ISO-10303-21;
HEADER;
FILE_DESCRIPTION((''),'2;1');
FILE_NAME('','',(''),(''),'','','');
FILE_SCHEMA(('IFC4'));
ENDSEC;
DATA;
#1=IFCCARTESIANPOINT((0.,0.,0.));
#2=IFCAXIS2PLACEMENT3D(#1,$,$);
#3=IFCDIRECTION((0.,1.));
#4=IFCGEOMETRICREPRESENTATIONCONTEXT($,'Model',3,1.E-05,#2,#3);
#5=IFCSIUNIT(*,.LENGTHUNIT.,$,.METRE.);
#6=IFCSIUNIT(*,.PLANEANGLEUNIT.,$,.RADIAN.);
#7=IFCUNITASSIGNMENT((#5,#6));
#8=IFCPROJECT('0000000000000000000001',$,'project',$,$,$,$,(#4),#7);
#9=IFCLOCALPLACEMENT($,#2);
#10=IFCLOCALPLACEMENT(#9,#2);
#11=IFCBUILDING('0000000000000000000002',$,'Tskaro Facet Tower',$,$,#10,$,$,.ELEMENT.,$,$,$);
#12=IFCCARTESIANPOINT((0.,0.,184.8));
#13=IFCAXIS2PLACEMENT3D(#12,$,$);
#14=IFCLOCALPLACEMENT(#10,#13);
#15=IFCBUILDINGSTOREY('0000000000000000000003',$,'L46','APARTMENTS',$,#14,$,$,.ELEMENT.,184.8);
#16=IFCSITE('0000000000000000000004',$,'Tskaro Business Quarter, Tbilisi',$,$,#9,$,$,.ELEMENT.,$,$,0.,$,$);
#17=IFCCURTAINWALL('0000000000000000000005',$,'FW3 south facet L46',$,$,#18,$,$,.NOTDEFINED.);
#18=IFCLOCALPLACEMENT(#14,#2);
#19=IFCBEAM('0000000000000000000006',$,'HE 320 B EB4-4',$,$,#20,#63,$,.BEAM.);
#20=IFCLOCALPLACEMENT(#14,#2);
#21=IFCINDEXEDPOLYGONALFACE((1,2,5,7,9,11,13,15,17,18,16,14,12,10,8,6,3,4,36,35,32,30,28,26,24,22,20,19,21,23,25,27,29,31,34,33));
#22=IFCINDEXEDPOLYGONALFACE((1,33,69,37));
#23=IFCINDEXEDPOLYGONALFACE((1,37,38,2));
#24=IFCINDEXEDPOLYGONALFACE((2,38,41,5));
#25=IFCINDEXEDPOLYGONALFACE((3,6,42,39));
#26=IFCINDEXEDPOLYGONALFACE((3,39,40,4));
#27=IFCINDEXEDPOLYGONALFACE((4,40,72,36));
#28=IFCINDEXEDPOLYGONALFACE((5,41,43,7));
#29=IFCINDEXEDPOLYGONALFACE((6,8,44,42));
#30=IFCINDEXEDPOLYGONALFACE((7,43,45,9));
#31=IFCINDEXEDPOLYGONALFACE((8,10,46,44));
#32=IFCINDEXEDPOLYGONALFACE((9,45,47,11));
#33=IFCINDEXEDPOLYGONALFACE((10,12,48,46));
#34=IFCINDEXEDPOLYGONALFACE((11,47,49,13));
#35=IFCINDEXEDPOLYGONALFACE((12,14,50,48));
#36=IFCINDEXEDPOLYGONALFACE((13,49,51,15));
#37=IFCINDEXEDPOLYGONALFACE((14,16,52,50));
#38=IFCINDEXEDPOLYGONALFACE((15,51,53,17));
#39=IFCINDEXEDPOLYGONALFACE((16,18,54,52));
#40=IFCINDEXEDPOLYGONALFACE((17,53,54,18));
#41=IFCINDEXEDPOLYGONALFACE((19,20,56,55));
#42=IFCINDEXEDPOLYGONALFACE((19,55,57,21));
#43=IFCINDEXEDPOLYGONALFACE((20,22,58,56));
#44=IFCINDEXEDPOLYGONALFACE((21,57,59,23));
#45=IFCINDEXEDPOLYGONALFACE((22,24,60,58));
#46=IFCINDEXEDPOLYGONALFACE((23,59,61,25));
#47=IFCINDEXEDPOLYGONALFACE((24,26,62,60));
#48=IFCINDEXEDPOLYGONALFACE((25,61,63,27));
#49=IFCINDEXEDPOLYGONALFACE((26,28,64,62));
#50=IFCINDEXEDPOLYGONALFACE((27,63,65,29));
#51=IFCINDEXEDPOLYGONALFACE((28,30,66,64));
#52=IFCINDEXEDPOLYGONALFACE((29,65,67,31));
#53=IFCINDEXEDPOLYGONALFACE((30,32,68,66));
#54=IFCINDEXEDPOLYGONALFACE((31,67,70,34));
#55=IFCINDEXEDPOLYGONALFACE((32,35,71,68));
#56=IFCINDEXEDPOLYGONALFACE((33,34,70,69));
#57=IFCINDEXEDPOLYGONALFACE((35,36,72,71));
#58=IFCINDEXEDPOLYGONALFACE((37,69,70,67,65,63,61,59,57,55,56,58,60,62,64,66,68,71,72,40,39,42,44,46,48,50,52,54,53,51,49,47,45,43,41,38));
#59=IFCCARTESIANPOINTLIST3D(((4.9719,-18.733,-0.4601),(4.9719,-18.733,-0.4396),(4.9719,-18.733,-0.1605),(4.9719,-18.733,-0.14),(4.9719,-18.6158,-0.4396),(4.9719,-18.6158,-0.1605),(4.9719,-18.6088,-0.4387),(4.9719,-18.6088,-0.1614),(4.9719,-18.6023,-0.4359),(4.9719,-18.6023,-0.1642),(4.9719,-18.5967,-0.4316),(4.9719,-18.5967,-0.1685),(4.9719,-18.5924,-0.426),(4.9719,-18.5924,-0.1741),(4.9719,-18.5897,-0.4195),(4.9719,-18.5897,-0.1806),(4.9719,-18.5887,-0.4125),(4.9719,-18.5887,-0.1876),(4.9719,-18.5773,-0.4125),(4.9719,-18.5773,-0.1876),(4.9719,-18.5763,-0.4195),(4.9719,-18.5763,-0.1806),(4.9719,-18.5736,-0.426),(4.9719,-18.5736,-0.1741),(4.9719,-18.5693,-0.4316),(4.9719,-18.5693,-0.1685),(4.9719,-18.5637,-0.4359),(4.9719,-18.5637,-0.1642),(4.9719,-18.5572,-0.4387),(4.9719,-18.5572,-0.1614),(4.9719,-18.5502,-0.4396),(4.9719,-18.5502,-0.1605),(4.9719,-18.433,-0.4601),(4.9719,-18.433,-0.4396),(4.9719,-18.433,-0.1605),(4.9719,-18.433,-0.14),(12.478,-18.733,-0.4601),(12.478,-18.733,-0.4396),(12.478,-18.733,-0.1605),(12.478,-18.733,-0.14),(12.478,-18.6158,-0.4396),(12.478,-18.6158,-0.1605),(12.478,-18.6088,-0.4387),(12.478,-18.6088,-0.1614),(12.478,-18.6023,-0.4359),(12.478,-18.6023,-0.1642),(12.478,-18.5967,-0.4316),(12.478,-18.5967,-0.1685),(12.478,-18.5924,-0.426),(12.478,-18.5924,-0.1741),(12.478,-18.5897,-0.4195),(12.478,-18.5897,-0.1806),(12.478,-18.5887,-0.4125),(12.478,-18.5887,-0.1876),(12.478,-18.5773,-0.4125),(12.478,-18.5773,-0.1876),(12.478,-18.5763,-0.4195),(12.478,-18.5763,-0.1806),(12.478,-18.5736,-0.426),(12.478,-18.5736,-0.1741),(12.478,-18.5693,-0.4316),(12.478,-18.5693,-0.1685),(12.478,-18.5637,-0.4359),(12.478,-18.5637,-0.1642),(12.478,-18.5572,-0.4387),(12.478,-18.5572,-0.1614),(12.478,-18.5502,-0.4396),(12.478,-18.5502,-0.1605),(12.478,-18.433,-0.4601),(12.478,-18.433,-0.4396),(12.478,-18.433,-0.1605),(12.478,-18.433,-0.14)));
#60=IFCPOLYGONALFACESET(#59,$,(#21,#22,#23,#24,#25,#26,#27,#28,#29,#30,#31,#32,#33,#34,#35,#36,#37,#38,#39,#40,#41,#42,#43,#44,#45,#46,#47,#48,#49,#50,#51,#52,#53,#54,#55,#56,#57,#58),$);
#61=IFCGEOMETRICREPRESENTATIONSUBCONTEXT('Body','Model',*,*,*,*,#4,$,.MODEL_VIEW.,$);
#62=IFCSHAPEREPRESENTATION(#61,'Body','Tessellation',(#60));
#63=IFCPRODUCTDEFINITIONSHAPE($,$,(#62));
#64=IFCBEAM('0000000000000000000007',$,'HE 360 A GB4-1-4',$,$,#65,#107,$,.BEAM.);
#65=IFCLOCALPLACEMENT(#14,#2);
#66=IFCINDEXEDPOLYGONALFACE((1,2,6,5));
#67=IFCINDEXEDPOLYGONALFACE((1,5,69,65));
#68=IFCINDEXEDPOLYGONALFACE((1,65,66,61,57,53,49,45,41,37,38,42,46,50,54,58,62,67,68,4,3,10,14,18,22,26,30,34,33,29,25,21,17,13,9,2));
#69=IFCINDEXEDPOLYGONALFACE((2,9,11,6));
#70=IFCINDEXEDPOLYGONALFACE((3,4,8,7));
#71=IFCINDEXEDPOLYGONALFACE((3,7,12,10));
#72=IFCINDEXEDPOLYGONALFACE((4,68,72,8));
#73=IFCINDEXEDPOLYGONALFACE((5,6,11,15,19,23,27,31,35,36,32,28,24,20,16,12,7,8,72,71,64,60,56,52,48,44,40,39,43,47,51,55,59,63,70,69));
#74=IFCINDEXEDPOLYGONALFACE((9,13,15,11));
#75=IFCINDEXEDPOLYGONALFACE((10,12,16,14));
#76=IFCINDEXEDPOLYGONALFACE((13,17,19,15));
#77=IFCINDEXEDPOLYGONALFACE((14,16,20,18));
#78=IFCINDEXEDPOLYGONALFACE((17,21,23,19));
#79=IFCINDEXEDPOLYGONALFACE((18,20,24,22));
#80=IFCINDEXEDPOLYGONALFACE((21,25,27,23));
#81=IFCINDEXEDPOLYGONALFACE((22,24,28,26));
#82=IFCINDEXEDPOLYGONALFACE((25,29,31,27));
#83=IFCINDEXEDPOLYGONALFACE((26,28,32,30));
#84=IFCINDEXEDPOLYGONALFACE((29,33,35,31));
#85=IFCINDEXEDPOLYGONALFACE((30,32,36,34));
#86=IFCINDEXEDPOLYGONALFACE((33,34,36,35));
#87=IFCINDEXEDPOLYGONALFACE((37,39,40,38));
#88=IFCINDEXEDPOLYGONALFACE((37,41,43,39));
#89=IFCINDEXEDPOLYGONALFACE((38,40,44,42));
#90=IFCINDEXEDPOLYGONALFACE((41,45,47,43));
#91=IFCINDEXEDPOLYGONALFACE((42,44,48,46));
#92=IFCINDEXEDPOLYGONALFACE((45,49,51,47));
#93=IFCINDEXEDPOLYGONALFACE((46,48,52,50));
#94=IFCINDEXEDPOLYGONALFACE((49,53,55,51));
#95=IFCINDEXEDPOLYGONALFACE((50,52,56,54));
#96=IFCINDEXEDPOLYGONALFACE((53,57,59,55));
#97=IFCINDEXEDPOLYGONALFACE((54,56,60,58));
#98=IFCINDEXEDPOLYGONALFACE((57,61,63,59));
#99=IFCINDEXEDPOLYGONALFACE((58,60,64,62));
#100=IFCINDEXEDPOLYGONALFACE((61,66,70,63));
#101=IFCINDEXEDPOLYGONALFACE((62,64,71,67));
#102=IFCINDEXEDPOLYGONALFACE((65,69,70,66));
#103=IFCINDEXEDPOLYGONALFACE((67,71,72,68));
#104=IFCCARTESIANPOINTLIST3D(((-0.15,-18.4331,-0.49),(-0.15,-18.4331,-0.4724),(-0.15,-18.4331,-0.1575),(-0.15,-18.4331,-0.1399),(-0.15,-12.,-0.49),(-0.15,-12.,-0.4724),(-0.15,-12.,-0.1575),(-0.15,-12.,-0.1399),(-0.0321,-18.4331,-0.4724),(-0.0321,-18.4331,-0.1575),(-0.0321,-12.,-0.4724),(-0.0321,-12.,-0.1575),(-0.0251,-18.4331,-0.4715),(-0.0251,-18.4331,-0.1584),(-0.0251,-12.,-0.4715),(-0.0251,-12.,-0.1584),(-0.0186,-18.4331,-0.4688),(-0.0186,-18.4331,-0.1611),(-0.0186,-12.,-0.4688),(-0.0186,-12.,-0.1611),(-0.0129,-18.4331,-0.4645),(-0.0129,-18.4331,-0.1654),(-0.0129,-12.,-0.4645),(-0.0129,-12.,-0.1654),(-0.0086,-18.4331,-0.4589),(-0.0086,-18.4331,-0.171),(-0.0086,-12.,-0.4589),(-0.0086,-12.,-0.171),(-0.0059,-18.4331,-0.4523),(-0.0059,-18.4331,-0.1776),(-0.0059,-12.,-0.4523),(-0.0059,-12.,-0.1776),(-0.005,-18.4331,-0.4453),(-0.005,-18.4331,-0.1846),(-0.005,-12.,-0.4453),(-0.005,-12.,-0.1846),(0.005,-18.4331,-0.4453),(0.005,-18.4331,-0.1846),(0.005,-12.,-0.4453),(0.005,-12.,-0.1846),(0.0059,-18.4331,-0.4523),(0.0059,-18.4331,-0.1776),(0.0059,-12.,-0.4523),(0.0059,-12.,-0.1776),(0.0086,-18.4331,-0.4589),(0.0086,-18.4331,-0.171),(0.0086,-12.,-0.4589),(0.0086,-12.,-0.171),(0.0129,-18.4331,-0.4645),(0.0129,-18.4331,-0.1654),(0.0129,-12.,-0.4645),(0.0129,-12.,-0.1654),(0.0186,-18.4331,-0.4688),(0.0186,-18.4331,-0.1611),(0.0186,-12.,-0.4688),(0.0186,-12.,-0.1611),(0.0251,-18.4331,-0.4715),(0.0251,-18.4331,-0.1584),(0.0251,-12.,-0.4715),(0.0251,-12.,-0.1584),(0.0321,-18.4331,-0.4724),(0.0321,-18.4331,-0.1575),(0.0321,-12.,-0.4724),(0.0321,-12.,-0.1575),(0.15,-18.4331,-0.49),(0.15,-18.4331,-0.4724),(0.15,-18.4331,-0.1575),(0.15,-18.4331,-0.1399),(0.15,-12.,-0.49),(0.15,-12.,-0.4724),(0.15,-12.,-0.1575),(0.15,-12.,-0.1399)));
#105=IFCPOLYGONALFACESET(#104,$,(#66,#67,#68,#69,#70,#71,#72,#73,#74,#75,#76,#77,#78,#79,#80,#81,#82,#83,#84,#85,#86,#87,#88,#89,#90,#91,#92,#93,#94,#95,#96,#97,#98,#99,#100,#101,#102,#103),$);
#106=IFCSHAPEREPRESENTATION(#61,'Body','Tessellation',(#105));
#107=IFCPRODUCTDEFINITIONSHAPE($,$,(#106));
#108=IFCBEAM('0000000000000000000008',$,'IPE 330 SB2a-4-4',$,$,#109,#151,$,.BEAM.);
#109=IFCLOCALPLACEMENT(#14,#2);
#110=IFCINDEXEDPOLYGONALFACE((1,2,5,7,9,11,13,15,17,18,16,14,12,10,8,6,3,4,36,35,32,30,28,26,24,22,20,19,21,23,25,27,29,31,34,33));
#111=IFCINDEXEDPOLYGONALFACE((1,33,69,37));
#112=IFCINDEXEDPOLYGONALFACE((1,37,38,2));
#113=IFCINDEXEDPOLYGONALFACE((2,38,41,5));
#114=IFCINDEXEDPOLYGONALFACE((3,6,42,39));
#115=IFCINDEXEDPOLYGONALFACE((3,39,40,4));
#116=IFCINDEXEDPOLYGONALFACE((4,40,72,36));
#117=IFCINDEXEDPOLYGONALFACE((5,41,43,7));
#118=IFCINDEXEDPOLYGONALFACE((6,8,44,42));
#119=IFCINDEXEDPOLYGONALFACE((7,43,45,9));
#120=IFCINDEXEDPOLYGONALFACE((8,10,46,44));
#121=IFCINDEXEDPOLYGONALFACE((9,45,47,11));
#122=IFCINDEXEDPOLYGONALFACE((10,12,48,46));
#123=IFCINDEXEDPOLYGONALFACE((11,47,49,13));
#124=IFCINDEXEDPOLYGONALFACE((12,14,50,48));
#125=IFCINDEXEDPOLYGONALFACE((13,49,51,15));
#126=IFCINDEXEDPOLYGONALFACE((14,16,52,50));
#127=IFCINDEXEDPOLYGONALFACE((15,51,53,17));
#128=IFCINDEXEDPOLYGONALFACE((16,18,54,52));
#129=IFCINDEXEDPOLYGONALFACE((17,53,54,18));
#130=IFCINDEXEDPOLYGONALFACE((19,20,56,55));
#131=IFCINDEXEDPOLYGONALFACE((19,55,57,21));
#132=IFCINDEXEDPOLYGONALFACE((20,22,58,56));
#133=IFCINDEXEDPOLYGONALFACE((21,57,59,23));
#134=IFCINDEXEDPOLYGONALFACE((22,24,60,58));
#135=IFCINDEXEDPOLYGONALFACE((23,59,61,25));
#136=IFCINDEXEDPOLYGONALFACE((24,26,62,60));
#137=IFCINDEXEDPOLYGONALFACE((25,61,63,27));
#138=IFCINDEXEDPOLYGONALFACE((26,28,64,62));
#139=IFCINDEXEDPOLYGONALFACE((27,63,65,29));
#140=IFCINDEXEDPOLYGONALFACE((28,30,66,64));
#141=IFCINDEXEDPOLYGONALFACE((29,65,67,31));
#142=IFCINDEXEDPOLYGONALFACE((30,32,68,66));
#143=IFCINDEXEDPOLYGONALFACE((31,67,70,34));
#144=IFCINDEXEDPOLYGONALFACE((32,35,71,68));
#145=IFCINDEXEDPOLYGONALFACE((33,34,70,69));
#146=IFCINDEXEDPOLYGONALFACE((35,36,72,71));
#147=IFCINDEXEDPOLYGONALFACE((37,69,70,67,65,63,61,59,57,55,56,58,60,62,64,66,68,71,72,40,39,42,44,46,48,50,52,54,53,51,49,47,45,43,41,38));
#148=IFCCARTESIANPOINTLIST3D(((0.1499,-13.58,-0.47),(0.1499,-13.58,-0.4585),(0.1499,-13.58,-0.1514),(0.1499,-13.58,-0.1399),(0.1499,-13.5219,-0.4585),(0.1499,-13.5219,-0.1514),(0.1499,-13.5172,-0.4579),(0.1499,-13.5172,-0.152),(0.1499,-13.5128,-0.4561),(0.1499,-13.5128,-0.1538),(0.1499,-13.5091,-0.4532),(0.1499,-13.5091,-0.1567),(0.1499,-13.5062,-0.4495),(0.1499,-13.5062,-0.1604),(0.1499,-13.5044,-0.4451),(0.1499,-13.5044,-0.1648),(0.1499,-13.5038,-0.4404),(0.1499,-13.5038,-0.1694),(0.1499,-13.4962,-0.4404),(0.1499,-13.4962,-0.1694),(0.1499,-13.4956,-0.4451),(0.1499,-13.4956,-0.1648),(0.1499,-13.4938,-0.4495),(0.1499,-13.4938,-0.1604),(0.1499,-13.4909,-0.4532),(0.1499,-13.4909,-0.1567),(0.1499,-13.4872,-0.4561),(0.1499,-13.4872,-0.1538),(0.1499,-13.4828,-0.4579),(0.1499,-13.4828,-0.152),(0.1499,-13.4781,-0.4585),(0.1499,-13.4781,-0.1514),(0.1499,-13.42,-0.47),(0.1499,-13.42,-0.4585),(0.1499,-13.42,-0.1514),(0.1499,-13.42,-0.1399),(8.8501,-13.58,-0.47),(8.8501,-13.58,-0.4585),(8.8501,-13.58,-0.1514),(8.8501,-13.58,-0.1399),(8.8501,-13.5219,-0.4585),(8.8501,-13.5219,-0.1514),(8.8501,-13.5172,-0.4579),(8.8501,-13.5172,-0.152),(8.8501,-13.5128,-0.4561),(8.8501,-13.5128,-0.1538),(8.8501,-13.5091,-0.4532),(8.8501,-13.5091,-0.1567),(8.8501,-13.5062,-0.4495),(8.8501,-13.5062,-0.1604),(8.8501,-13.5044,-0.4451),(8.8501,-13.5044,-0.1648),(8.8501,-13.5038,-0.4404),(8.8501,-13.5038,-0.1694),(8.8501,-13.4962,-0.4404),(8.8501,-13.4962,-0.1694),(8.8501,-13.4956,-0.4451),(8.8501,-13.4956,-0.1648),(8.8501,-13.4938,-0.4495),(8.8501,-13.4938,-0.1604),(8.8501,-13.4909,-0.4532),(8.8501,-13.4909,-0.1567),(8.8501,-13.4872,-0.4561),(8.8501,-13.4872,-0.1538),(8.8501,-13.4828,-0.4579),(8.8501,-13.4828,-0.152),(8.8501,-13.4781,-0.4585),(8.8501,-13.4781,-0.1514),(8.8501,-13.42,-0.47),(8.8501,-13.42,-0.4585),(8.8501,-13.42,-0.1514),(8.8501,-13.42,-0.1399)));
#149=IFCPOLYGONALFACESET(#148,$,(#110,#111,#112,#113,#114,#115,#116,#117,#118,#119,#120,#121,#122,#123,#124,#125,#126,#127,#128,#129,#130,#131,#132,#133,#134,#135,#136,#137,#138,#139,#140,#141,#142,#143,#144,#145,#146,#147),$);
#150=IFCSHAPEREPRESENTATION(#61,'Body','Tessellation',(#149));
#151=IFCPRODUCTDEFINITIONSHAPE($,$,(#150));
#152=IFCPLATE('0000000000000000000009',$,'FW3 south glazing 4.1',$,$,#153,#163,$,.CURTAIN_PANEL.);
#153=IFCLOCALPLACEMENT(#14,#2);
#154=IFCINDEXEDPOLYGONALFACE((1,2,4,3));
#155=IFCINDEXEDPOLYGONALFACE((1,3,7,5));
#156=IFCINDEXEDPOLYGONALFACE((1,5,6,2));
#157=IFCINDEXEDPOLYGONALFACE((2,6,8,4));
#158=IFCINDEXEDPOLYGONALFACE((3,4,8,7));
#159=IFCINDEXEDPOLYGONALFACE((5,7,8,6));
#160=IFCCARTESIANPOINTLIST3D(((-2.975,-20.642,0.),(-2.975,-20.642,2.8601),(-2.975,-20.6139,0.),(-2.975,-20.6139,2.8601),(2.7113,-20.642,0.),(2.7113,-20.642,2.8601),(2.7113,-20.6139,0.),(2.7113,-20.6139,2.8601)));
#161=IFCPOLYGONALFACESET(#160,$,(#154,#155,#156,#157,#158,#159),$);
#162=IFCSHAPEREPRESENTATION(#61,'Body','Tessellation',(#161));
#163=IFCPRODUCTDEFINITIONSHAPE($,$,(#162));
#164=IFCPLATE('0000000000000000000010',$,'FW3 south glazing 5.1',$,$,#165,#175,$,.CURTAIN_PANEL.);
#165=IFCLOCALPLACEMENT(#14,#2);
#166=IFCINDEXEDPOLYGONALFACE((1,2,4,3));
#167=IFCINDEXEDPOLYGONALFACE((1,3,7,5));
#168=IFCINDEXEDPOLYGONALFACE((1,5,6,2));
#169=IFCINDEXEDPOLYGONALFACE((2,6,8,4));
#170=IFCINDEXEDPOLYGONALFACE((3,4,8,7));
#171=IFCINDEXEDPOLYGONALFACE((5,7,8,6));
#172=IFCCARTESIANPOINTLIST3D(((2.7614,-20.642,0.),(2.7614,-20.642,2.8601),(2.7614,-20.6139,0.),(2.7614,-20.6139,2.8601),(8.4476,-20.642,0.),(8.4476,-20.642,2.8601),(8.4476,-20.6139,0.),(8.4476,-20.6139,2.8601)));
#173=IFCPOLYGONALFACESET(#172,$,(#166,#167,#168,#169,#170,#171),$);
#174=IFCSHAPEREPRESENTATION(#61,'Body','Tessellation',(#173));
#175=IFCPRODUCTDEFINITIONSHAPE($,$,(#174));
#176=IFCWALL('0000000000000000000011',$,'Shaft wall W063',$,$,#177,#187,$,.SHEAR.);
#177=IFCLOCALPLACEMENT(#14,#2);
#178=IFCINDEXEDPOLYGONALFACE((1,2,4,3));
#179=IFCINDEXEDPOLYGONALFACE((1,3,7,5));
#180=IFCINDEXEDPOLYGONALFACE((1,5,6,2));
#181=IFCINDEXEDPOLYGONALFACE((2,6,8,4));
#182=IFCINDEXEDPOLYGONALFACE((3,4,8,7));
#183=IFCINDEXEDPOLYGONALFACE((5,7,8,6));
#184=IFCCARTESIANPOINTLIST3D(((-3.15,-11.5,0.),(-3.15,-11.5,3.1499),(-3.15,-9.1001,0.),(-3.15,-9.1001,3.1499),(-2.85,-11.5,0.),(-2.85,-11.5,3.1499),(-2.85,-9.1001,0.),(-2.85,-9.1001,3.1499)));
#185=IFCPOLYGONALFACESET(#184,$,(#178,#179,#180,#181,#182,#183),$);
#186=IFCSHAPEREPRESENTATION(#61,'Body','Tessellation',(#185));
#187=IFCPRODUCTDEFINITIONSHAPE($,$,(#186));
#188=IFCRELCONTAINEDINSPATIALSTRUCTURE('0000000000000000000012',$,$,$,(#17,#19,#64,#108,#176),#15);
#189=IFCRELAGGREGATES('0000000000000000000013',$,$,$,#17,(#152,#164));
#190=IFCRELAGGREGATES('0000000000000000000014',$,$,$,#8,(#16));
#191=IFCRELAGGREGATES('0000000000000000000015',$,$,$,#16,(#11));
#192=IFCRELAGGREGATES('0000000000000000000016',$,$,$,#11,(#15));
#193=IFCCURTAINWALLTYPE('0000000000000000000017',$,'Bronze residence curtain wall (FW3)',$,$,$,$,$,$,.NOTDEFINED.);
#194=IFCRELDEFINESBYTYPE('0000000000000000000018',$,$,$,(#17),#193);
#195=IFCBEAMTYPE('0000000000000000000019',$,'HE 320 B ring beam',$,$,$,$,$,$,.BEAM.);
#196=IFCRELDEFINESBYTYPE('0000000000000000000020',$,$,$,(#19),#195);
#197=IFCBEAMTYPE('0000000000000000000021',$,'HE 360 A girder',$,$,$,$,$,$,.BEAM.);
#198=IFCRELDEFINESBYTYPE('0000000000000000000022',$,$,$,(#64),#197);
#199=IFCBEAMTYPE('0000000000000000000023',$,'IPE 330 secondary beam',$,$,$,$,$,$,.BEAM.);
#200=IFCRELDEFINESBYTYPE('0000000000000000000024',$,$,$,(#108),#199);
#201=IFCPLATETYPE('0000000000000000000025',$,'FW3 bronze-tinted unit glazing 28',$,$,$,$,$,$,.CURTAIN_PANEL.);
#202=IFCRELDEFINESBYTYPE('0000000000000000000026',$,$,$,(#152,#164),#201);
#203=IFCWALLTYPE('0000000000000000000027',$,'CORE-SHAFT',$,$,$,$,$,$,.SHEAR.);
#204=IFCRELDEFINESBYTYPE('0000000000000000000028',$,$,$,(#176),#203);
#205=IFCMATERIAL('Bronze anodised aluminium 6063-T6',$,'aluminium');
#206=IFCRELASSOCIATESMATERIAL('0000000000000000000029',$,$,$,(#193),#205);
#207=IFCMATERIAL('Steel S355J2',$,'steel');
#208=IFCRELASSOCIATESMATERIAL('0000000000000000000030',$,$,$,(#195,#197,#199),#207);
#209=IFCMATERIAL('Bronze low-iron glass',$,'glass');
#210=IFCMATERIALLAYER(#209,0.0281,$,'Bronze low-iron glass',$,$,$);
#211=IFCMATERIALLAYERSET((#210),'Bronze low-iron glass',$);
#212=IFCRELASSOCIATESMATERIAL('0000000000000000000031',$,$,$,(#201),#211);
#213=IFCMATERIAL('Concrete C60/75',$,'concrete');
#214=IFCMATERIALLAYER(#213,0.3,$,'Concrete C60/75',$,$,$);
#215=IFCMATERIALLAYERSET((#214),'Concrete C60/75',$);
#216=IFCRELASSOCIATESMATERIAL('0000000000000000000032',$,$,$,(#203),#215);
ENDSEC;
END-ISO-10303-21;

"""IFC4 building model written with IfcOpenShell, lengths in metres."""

from ifc_helpers import new_model, si_unit, direction, frame, frame_2d, origin, origin_2d, place, context, subcontext, project, spatial, rectangle, i_section, extrude, material, layer, layer_set, material_profile, profile_set, type_object, element, aggregate, save


model = new_model("IFC4")

# Units and contexts
model_context = context("Model", 3, precision=1e-05, world=origin(), true_north=direction((0.0, 1.0)))
body_context = subcontext(model_context, "Body", "Model", "MODEL_VIEW")
ifc_project = project(units=[si_unit("LENGTHUNIT", "METRE"), si_unit("PLANEANGLEUNIT", "RADIAN")], contexts=[model_context])

# Site, building, storey
site_placement = place(None, origin())
site = spatial("IfcSite", under=ifc_project, at=site_placement, Name="Tskaro Business Quarter, Tbilisi", CompositionType="ELEMENT", RefElevation=0.0)
building_placement = place(site_placement, origin())
building = spatial("IfcBuilding", under=site, at=building_placement, Name="Tskaro Facet Tower", CompositionType="ELEMENT")
storey_placement = place(building_placement, frame((0.0, 0.0, 184.8)))
storey = spatial("IfcBuildingStorey", under=building, at=storey_placement, Name="L46", Description="APARTMENTS", CompositionType="ELEMENT", Elevation=184.8)

# Curtain wall
ifc_material_1 = material(Name="Bronze anodised aluminium 6063-T6", Category="aluminium")
curtain_wall_type = type_object("IfcCurtainWallType", Name="Bronze residence curtain wall (FW3)", PredefinedType="NOTDEFINED", material=ifc_material_1)
curtain_wall_placement = place(storey_placement, origin())
curtain_wall = element("IfcCurtainWall", 1, at=curtain_wall_placement, inside=storey, type_object=curtain_wall_type, Name="FW3 south facet L46", PredefinedType="NOTDEFINED")

# Beams
ifc_material_2 = material(Name="Steel S355J2", Category="steel")
ifc_material_profile_1 = material_profile(ifc_material_2, i_section(OverallWidth=0.3, OverallDepth=0.3201, WebThickness=0.0115, FlangeThickness=0.0205, FilletRadius=0.0271, at=origin_2d()), Name="HE 320 B")
ifc_profile_set_1 = profile_set([ifc_material_profile_1], Name="Steel S355J2")
beam_type_1 = type_object("IfcBeamType", Name="HE 320 B ring beam", PredefinedType="BEAM", material=ifc_profile_set_1)
beam_1_placement = place(storey_placement, frame((4.9719, -18.583, -0.3), z_axis=(1.0, 0.0, 0.0), x_axis=(0.0, 1.0, 0.0)))
element("IfcBeam", 2, at=beam_1_placement, inside=storey, type_object=beam_type_1, Name="HE 320 B EB4-4", PredefinedType="BEAM", context=body_context, shape_type="SweptSolid", body=[
    extrude(i_section(OverallWidth=0.3, OverallDepth=0.3201, WebThickness=0.0115, FlangeThickness=0.0205, FilletRadius=0.0271, at=origin_2d()), origin(), (0.0, 0.0, 1.0), 7.5061),
])
ifc_material_profile_2 = material_profile(ifc_material_2, i_section(OverallWidth=0.3, OverallDepth=0.3501, WebThickness=0.01, FlangeThickness=0.0176, FilletRadius=0.0271, at=origin_2d()), Name="HE 360 A")
ifc_profile_set_2 = profile_set([ifc_material_profile_2], Name="Steel S355J2")
beam_type_2 = type_object("IfcBeamType", Name="HE 360 A girder", PredefinedType="BEAM", material=ifc_profile_set_2)
beam_2_placement = place(storey_placement, frame((0.0, -18.4331, -0.3149), z_axis=(0.0, 1.0, 0.0), x_axis=(-1.0, 0.0, 0.0)))
element("IfcBeam", 3, at=beam_2_placement, inside=storey, type_object=beam_type_2, Name="HE 360 A GB4-1-4", PredefinedType="BEAM", context=body_context, shape_type="SweptSolid", body=[
    extrude(i_section(OverallWidth=0.3, OverallDepth=0.3501, WebThickness=0.01, FlangeThickness=0.0176, FilletRadius=0.0271, at=origin_2d()), origin(), (0.0, 0.0, 1.0), 6.4331),
])
ifc_material_profile_3 = material_profile(ifc_material_2, i_section(OverallWidth=0.1599, OverallDepth=0.3301, WebThickness=0.0076, FlangeThickness=0.0115, FilletRadius=0.0181, at=origin_2d()), Name="IPE 330")
ifc_profile_set_3 = profile_set([ifc_material_profile_3], Name="Steel S355J2")
beam_type_3 = type_object("IfcBeamType", Name="IPE 330 secondary beam", PredefinedType="BEAM", material=ifc_profile_set_3)
beam_3_placement = place(storey_placement, frame((0.1499, -13.5, -0.3049), z_axis=(1.0, 0.0, 0.0), x_axis=(0.0, 1.0, 0.0)))
element("IfcBeam", 4, at=beam_3_placement, inside=storey, type_object=beam_type_3, Name="IPE 330 SB2a-4-4", PredefinedType="BEAM", context=body_context, shape_type="SweptSolid", body=[
    extrude(i_section(OverallWidth=0.1599, OverallDepth=0.3301, WebThickness=0.0076, FlangeThickness=0.0115, FilletRadius=0.0181, at=origin_2d()), origin(), (0.0, 0.0, 1.0), 8.7002),
])

# Plates
ifc_material_3 = material(Name="Bronze low-iron glass", Category="glass")
ifc_layer_1 = layer(ifc_material_3, 0.0281, Name="Bronze low-iron glass")
ifc_layer_set_1 = layer_set([ifc_layer_1], Name="Bronze low-iron glass")
plate_type = type_object("IfcPlateType", Name="FW3 bronze-tinted unit glazing 28", PredefinedType="CURTAIN_PANEL", material=ifc_layer_set_1)
plate_1_placement = place(storey_placement, frame((-0.1318, -20.6279, 0.0), z_axis=(0.0, 0.0, 1.0), x_axis=(1.0, 0.0, 0.0)))
plate_1 = element("IfcPlate", 5, at=plate_1_placement, type_object=plate_type, Name="FW3 south glazing 4.1", PredefinedType="CURTAIN_PANEL", context=body_context, shape_type="SweptSolid", body=[
    extrude(rectangle(XDim=5.6863, YDim=0.0281, at=origin_2d()), origin(), (0.0, 0.0, 1.0), 2.8601),
])
plate_2_placement = place(storey_placement, frame((5.6045, -20.6279, 0.0), z_axis=(0.0, 0.0, 1.0), x_axis=(1.0, 0.0, 0.0)))
plate_2 = element("IfcPlate", 6, at=plate_2_placement, type_object=plate_type, Name="FW3 south glazing 5.1", PredefinedType="CURTAIN_PANEL", context=body_context, shape_type="SweptSolid", body=[
    extrude(rectangle(XDim=5.6863, YDim=0.0281, at=origin_2d()), origin(), (0.0, 0.0, 1.0), 2.8601),
])
aggregate(curtain_wall, [plate_1, plate_2])

# Wall
ifc_material_4 = material(Name="Concrete C60/75", Category="concrete")
ifc_layer_2 = layer(ifc_material_4, 0.3, Name="Concrete C60/75")
ifc_layer_set_2 = layer_set([ifc_layer_2], Name="Concrete C60/75")
wall_type_1 = type_object("IfcWallType", Name="CORE-SHAFT", PredefinedType="SHEAR", material=ifc_layer_set_2)
for number, where, z_axis, x_axis, name in (
    (7, (-3.0, -11.5, 0.0), (0.0, 0.0, 1.0), (0.0, 1.0, 0.0), "Shaft wall W063"),
):
    element("IfcWall", number, at=place(storey_placement, frame(where, z_axis=z_axis, x_axis=x_axis)), inside=storey, type_object=wall_type_1, Name=name, PredefinedType="SHEAR", context=body_context, shape_type="SweptSolid", body=[
        extrude(rectangle(XDim=2.3999, YDim=0.3, at=frame_2d((1.2, 0.0))), origin(), (0.0, 0.0, 1.0), 3.1499),
    ])

save(model, "model.ifc")
